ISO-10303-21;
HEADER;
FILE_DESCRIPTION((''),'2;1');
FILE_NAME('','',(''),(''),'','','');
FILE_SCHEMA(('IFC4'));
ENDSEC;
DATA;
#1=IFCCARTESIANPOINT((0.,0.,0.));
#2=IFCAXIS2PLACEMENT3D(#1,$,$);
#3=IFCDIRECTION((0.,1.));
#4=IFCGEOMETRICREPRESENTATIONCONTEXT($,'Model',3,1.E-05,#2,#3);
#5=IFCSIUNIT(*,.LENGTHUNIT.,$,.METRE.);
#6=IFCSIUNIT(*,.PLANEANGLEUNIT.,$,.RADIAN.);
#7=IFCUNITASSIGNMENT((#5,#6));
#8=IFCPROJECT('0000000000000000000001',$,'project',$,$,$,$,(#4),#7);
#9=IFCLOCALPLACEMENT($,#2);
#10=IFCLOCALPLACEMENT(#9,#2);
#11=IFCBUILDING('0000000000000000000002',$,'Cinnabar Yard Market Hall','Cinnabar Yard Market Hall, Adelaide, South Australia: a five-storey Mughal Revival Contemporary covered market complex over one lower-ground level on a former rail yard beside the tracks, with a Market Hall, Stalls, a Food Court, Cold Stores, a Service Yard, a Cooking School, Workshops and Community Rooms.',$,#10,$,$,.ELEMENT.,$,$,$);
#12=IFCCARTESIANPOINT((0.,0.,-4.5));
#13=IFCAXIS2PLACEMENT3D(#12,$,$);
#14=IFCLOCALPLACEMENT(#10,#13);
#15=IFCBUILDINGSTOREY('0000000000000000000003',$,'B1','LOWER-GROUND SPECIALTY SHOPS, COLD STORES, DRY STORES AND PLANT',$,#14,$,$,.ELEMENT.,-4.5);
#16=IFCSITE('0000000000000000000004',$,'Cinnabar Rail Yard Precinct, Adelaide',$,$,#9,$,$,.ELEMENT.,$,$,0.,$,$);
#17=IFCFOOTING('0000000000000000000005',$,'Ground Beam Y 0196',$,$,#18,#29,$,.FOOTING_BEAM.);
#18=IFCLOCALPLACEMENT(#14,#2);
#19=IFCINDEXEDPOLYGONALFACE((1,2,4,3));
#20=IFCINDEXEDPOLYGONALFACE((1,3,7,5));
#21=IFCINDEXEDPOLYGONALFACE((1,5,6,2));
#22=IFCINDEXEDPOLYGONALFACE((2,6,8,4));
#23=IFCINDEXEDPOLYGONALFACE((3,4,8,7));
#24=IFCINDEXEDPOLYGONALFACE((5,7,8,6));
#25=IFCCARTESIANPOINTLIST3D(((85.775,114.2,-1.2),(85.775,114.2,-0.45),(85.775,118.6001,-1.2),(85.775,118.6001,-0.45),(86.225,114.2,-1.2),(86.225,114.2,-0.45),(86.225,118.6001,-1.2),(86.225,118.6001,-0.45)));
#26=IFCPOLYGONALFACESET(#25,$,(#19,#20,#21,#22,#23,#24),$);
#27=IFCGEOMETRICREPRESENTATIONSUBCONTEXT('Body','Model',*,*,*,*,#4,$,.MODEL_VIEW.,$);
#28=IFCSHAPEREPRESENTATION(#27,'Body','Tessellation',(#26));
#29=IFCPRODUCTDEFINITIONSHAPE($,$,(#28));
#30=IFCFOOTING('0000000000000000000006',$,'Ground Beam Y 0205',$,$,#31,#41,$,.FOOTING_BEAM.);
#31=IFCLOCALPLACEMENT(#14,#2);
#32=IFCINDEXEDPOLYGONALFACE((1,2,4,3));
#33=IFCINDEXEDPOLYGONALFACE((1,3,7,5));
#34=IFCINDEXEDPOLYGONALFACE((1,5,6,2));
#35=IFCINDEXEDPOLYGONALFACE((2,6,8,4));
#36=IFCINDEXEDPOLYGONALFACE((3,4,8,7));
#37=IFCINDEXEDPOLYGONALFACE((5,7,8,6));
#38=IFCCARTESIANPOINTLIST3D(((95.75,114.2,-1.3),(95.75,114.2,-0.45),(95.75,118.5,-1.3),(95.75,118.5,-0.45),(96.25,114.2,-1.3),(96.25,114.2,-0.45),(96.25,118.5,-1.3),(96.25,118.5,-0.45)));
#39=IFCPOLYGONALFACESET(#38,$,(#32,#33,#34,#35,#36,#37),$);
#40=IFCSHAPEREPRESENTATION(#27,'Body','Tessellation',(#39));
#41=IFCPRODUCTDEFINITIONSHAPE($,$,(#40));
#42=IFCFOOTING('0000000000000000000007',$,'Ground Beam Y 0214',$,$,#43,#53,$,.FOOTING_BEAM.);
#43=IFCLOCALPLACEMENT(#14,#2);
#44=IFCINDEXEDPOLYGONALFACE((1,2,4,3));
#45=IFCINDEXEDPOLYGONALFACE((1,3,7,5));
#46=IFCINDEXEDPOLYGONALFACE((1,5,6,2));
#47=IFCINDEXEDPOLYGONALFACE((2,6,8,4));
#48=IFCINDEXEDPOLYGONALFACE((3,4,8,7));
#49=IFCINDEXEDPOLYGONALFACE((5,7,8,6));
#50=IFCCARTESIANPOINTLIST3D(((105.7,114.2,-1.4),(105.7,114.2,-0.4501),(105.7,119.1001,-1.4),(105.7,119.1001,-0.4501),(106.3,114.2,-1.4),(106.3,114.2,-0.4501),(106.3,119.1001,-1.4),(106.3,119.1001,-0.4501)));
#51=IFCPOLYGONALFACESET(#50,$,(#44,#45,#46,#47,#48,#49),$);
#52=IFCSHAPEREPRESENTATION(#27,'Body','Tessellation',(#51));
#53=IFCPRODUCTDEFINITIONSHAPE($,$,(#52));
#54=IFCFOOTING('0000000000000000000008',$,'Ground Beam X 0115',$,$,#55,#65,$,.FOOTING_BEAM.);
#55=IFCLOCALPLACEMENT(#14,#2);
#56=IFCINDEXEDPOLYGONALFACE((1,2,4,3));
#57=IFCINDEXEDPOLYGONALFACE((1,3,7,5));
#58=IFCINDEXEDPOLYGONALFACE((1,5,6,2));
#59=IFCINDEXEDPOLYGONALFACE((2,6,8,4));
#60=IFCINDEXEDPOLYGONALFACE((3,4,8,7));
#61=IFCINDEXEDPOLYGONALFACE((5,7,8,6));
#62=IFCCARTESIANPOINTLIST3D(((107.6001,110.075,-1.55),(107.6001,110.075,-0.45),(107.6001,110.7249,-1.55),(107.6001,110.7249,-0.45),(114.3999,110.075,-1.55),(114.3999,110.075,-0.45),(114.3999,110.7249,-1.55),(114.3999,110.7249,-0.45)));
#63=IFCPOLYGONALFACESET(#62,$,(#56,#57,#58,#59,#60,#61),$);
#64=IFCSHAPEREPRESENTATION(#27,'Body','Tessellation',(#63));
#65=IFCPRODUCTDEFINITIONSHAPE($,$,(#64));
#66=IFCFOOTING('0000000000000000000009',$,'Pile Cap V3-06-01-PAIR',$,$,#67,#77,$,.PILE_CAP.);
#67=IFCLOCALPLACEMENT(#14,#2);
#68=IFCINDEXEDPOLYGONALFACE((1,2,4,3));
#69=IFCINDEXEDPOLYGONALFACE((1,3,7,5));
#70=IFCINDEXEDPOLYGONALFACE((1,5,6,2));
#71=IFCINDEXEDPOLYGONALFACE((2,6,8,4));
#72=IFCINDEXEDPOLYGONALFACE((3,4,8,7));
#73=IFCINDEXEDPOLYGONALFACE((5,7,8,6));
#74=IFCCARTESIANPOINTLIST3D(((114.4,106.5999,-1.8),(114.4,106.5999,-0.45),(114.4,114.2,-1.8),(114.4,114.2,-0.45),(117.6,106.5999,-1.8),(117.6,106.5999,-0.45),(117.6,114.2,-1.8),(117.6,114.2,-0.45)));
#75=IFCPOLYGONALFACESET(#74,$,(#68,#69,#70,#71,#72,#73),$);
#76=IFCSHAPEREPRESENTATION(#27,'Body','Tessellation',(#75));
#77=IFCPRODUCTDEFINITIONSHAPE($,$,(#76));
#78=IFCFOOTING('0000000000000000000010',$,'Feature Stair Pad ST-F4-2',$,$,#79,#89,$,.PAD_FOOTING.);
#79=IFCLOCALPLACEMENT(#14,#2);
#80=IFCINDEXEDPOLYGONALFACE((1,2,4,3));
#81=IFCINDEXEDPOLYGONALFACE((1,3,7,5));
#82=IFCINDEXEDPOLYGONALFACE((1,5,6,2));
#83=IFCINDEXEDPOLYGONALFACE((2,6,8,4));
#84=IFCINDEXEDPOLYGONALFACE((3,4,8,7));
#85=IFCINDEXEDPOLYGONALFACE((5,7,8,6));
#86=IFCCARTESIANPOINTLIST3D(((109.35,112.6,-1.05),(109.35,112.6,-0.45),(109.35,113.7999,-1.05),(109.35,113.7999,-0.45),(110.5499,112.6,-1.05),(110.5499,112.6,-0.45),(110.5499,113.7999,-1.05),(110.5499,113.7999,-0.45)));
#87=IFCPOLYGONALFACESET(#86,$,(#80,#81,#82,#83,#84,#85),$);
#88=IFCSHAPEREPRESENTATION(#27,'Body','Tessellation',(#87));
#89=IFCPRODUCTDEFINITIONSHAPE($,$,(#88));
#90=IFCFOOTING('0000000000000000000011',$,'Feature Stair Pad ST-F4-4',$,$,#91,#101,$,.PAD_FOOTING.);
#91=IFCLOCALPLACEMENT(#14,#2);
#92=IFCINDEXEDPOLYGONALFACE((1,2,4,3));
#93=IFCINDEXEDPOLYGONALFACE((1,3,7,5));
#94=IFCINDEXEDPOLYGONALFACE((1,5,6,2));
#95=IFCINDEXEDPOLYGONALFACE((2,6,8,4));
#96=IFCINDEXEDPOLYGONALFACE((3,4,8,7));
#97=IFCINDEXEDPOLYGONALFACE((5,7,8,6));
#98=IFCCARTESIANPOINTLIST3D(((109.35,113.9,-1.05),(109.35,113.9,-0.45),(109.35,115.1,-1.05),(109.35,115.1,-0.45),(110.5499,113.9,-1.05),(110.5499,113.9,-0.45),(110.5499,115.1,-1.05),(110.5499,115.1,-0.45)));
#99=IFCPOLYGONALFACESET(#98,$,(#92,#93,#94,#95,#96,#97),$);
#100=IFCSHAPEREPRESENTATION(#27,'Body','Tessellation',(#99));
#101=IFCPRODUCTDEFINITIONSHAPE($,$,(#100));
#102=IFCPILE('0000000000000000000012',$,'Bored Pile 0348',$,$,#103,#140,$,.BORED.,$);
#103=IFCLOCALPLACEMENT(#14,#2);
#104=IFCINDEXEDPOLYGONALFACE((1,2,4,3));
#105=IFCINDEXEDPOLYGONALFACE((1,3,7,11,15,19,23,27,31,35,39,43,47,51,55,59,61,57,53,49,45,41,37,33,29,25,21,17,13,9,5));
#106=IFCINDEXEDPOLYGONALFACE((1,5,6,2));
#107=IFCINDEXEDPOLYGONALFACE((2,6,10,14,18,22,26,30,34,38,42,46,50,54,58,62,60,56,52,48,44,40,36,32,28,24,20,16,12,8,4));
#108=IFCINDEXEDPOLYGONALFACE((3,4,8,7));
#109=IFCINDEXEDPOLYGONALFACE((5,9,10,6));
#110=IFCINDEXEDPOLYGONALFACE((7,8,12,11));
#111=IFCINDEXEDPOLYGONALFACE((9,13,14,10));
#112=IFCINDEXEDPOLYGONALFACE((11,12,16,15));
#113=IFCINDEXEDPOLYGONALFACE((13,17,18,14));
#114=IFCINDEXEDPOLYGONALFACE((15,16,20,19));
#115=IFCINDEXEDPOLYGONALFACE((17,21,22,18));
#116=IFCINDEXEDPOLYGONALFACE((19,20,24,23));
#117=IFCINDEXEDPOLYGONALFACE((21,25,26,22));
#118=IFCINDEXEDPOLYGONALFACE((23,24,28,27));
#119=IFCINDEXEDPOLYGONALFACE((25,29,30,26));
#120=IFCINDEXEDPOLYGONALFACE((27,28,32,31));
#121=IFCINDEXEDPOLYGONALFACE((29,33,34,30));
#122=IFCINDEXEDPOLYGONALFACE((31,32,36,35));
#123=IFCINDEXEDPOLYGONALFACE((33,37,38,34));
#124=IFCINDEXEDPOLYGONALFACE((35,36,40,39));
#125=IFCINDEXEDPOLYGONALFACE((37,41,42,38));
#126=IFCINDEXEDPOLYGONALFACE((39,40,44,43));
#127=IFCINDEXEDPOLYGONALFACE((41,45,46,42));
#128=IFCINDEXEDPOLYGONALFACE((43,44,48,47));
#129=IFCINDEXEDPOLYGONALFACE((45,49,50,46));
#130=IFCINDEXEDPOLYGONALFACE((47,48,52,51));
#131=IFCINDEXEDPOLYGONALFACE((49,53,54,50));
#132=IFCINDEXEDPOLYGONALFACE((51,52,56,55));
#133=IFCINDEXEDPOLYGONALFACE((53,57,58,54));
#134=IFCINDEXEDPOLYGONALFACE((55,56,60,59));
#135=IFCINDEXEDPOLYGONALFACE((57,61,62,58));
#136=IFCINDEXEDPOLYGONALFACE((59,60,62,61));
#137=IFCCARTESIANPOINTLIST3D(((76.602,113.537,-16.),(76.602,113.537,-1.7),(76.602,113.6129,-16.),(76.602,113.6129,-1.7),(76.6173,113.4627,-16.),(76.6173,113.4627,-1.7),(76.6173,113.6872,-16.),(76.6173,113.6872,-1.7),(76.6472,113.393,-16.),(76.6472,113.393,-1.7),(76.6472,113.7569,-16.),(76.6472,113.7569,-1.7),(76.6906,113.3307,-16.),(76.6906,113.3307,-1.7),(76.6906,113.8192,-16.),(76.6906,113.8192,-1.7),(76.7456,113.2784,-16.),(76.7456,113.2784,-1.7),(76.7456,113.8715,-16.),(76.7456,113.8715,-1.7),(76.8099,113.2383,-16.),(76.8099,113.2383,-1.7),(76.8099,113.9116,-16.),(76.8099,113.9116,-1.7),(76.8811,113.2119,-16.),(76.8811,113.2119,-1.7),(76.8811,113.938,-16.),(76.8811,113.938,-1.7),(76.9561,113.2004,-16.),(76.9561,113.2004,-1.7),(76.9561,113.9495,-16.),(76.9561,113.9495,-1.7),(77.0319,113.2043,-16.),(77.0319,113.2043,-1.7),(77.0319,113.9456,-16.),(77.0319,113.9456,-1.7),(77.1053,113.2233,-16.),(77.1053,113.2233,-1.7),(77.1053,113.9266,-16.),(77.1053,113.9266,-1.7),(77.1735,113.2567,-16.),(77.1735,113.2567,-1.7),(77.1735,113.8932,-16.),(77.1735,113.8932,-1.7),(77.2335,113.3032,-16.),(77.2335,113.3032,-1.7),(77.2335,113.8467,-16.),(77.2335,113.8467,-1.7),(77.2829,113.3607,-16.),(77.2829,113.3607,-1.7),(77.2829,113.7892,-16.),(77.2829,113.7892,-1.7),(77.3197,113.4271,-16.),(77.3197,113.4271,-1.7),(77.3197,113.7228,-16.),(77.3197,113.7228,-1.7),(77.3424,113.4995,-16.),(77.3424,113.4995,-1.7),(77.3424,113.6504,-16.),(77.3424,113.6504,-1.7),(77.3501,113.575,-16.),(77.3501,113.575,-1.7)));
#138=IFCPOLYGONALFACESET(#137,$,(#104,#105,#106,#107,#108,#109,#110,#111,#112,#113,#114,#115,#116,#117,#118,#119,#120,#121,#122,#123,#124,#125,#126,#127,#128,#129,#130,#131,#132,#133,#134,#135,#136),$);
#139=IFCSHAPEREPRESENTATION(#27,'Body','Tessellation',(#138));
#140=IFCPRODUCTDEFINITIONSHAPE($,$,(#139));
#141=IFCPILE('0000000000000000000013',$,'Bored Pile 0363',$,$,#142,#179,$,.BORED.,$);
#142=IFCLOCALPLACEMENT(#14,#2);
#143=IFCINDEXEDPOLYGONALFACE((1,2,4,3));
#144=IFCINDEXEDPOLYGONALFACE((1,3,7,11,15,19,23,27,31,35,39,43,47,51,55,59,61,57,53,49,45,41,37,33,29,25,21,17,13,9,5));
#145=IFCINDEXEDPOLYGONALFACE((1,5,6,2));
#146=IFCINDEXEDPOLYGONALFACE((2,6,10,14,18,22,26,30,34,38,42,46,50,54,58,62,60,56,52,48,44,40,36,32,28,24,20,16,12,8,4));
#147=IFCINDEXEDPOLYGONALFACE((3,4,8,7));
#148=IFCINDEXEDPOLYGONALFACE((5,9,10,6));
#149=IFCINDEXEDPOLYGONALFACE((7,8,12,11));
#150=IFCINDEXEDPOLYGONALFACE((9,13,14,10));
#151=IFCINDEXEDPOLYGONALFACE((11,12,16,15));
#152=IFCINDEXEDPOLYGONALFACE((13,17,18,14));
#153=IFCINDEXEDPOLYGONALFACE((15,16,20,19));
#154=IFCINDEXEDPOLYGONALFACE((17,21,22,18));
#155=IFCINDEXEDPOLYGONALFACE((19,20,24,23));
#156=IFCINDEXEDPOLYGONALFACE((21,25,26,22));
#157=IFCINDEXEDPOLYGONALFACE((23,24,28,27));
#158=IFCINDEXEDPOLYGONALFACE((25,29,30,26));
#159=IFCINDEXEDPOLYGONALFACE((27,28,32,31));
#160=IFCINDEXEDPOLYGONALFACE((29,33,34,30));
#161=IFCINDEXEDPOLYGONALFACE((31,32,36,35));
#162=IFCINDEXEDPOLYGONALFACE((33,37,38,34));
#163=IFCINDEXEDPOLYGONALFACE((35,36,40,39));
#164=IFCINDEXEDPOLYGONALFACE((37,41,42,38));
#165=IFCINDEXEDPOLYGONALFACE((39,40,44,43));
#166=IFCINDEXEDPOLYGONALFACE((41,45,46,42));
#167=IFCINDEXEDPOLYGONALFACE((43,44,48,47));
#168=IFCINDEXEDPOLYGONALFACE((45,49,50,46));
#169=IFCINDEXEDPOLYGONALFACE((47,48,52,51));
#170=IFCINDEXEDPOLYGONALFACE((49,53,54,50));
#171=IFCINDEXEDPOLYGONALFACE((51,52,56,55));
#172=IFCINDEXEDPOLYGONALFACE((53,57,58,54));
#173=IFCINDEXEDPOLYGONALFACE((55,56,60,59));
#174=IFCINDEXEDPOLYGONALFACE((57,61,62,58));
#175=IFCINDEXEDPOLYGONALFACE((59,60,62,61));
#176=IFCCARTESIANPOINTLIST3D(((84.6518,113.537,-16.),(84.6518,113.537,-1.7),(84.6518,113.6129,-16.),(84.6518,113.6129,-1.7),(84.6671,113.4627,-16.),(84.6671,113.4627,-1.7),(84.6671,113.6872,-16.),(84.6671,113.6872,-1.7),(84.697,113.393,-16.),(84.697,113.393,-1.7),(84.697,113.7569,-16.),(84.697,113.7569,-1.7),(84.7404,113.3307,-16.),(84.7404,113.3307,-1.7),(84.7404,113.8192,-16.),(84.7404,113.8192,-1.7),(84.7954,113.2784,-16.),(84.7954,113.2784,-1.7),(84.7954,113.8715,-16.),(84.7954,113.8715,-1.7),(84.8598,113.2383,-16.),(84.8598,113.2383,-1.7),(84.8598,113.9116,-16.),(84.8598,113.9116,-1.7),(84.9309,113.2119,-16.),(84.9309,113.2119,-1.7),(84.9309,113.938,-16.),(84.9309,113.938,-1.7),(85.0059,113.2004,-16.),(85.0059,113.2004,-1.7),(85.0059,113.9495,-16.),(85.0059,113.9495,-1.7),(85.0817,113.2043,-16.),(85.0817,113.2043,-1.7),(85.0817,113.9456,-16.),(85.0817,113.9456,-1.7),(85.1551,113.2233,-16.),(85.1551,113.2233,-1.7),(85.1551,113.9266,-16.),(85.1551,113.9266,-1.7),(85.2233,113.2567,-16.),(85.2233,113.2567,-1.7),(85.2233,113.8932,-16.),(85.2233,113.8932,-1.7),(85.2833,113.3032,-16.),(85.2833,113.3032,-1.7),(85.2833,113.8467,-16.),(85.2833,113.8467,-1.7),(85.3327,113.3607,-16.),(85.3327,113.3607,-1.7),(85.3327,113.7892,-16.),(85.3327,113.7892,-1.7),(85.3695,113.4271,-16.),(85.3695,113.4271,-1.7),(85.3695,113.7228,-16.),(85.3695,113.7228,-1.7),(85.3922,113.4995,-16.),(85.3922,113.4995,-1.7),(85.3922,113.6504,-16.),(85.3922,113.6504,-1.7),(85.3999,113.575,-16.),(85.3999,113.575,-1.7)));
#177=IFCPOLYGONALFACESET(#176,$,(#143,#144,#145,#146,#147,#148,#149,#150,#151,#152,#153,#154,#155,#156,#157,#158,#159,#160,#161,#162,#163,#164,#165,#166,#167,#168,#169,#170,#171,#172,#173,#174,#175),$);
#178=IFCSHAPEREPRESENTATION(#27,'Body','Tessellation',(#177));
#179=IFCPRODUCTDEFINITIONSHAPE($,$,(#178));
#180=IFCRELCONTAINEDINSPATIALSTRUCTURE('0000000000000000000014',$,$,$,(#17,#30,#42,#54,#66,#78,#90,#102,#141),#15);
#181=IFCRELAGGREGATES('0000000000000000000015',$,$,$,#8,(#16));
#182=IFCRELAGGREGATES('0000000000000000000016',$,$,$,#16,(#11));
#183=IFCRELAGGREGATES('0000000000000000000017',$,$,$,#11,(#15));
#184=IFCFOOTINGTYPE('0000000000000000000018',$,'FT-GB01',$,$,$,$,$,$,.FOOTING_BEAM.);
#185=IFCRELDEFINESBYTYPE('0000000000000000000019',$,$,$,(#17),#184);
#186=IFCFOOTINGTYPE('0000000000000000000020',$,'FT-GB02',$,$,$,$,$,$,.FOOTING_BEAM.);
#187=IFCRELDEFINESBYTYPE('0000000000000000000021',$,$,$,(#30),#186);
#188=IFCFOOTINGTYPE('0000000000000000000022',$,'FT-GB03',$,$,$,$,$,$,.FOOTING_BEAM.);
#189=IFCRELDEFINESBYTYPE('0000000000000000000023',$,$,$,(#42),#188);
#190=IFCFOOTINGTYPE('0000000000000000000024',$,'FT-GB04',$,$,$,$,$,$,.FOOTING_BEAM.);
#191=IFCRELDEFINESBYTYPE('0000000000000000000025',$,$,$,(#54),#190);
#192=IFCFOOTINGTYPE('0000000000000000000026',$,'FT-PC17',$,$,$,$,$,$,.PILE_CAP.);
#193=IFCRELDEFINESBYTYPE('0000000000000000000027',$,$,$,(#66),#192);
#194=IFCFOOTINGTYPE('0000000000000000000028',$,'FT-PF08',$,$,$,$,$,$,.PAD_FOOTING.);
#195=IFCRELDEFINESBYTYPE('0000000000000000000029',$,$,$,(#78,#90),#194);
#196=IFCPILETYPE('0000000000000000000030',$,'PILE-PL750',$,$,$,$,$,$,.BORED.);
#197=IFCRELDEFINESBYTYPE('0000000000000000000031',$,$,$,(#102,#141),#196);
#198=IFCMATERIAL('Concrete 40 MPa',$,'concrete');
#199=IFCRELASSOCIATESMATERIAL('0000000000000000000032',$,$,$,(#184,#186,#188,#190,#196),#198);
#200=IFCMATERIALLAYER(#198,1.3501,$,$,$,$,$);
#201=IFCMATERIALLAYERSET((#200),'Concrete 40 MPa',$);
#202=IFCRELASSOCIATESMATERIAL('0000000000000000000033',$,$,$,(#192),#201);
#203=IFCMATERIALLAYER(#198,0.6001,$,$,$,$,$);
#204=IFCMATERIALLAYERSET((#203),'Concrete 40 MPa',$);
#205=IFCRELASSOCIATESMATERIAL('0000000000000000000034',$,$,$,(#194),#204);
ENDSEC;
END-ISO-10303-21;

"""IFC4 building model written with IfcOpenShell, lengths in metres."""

from ifc_helpers import new_model, si_unit, direction, frame, origin, origin_2d_with_axis, place, context, subcontext, project, spatial, rectangle, circle, extrude, material, layer, layer_set, material_profile, profile_set, type_object, element, save


model = new_model("IFC4")

# Units and contexts
model_context = context("Model", 3, precision=1e-05, world=origin(), true_north=direction((0.0, 1.0)))
body_context = subcontext(model_context, "Body", "Model", "MODEL_VIEW")
ifc_project = project(units=[si_unit("LENGTHUNIT", "METRE"), si_unit("PLANEANGLEUNIT", "RADIAN")], contexts=[model_context])

# Site, building, storey
site_placement = place(None, origin())
site = spatial("IfcSite", under=ifc_project, at=site_placement, Name="Cinnabar Rail Yard Precinct, Adelaide", CompositionType="ELEMENT", RefElevation=0.0)
building_placement = place(site_placement, origin())
building = spatial("IfcBuilding", under=site, at=building_placement, Name="Cinnabar Yard Market Hall", Description="Cinnabar Yard Market Hall, Adelaide, South Australia: a five-storey Mughal Revival Contemporary covered market complex over one lower-ground level on a former rail yard beside the tracks, with a Market Hall, Stalls, a Food Court, Cold Stores, a Service Yard, a Cooking School, Workshops and Community Rooms.", CompositionType="ELEMENT")
storey_placement = place(building_placement, frame((0.0, 0.0, -4.5)))
storey = spatial("IfcBuildingStorey", under=building, at=storey_placement, Name="B1", Description="LOWER-GROUND SPECIALTY SHOPS, COLD STORES, DRY STORES AND PLANT", CompositionType="ELEMENT", Elevation=-4.5)

# Footings
ifc_material_1 = material(Name="Concrete 40 MPa", Category="concrete")
ifc_material_profile_1 = material_profile(ifc_material_1, rectangle(XDim=0.45, YDim=0.75, at=origin_2d_with_axis()), Name="GB-450x750")
ifc_profile_set_1 = profile_set([ifc_material_profile_1], Name="Concrete 40 MPa")
footing_type_1 = type_object("IfcFootingType", Name="FT-GB01", PredefinedType="FOOTING_BEAM", material=ifc_profile_set_1)
footing_1_placement = place(storey_placement, frame((86.0, 114.2, -0.825), z_axis=(0.0, 1.0, 0.0), x_axis=(-1.0, 0.0, 0.0)))
element("IfcFooting", 1, at=footing_1_placement, inside=storey, type_object=footing_type_1, Name="Ground Beam Y 0196", PredefinedType="FOOTING_BEAM", context=body_context, shape_type="SweptSolid", body=[
    extrude(rectangle(XDim=0.45, YDim=0.75, at=origin_2d_with_axis()), origin(), (0.0, 0.0, 1.0), 4.4001),
])
ifc_material_profile_2 = material_profile(ifc_material_1, rectangle(XDim=0.5, YDim=0.8501, at=origin_2d_with_axis()), Name="GB-500x850")
ifc_profile_set_2 = profile_set([ifc_material_profile_2], Name="Concrete 40 MPa")
footing_type_2 = type_object("IfcFootingType", Name="FT-GB02", PredefinedType="FOOTING_BEAM", material=ifc_profile_set_2)
footing_2_placement = place(storey_placement, frame((96.0, 114.2, -0.875), z_axis=(0.0, 1.0, 0.0), x_axis=(-1.0, 0.0, 0.0)))
element("IfcFooting", 2, at=footing_2_placement, inside=storey, type_object=footing_type_2, Name="Ground Beam Y 0205", PredefinedType="FOOTING_BEAM", context=body_context, shape_type="SweptSolid", body=[
    extrude(rectangle(XDim=0.5, YDim=0.8501, at=origin_2d_with_axis()), origin(), (0.0, 0.0, 1.0), 4.3),
])
ifc_material_profile_3 = material_profile(ifc_material_1, rectangle(XDim=0.6001, YDim=0.95, at=origin_2d_with_axis()), Name="GB-600x950")
ifc_profile_set_3 = profile_set([ifc_material_profile_3], Name="Concrete 40 MPa")
footing_type_3 = type_object("IfcFootingType", Name="FT-GB03", PredefinedType="FOOTING_BEAM", material=ifc_profile_set_3)
footing_3_placement = place(storey_placement, frame((106.0, 114.2, -0.925), z_axis=(0.0, 1.0, 0.0), x_axis=(-1.0, 0.0, 0.0)))
element("IfcFooting", 3, at=footing_3_placement, inside=storey, type_object=footing_type_3, Name="Ground Beam Y 0214", PredefinedType="FOOTING_BEAM", context=body_context, shape_type="SweptSolid", body=[
    extrude(rectangle(XDim=0.6001, YDim=0.95, at=origin_2d_with_axis()), origin(), (0.0, 0.0, 1.0), 4.9001),
])
ifc_material_profile_4 = material_profile(ifc_material_1, rectangle(XDim=0.6499, YDim=1.1001, at=origin_2d_with_axis()), Name="GB-650x1100")
ifc_profile_set_4 = profile_set([ifc_material_profile_4], Name="Concrete 40 MPa")
footing_type_4 = type_object("IfcFootingType", Name="FT-GB04", PredefinedType="FOOTING_BEAM", material=ifc_profile_set_4)
footing_4_placement = place(storey_placement, frame((107.6001, 110.3999, -1.0), z_axis=(1.0, 0.0, 0.0), x_axis=(0.0, 1.0, 0.0)))
element("IfcFooting", 4, at=footing_4_placement, inside=storey, type_object=footing_type_4, Name="Ground Beam X 0115", PredefinedType="FOOTING_BEAM", context=body_context, shape_type="SweptSolid", body=[
    extrude(rectangle(XDim=0.6499, YDim=1.1001, at=origin_2d_with_axis()), origin(), (0.0, 0.0, 1.0), 6.7998),
])
ifc_layer_1 = layer(ifc_material_1, 1.3501)
ifc_layer_set_1 = layer_set([ifc_layer_1], Name="Concrete 40 MPa")
footing_type_5 = type_object("IfcFootingType", Name="FT-PC17", PredefinedType="PILE_CAP", material=ifc_layer_set_1)
footing_5_placement = place(storey_placement, frame((116.0, 110.3999, -1.8), z_axis=(0.0, 0.0, 1.0), x_axis=(1.0, 0.0, 0.0)))
element("IfcFooting", 5, at=footing_5_placement, inside=storey, type_object=footing_type_5, Name="Pile Cap V3-06-01-PAIR", PredefinedType="PILE_CAP", context=body_context, shape_type="SweptSolid", body=[
    extrude(rectangle(XDim=3.2, YDim=7.6001, at=origin_2d_with_axis()), origin(), (0.0, 0.0, 1.0), 1.3501),
])
ifc_layer_2 = layer(ifc_material_1, 0.6001)
ifc_layer_set_2 = layer_set([ifc_layer_2], Name="Concrete 40 MPa")
footing_type_6 = type_object("IfcFootingType", Name="FT-PF08", PredefinedType="PAD_FOOTING", material=ifc_layer_set_2)
for number, where, z_axis, x_axis, name in (
    (6, (109.95, 113.2, -1.05), (0.0, 0.0, 1.0), (1.0, 0.0, 0.0), "Feature Stair Pad ST-F4-2"),
    (7, (109.95, 114.5, -1.05), (0.0, 0.0, 1.0), (1.0, 0.0, 0.0), "Feature Stair Pad ST-F4-4"),
):
    element("IfcFooting", number, at=place(storey_placement, frame(where, z_axis=z_axis, x_axis=x_axis)), inside=storey, type_object=footing_type_6, Name=name, PredefinedType="PAD_FOOTING", context=body_context, shape_type="SweptSolid", body=[
        extrude(rectangle(XDim=1.2, YDim=1.2, at=origin_2d_with_axis()), origin(), (0.0, 0.0, 1.0), 0.6001),
    ])

# Piles
ifc_material_profile_5 = material_profile(ifc_material_1, circle(Radius=0.375, at=origin_2d_with_axis()), Name="PILE-D750")
ifc_profile_set_5 = profile_set([ifc_material_profile_5], Name="Concrete 40 MPa")
pile_type_1 = type_object("IfcPileType", Name="PILE-PL750", PredefinedType="BORED", material=ifc_profile_set_5)
for number, where, z_axis, x_axis, name in (
    (8, (76.9751, 113.575, -1.7), (0.0, 0.0, -1.0), (1.0, 0.0, 0.0), "Bored Pile 0348"),
    (9, (85.0249, 113.575, -1.7), (0.0, 0.0, -1.0), (1.0, 0.0, 0.0), "Bored Pile 0363"),
):
    element("IfcPile", number, at=place(storey_placement, frame(where, z_axis=z_axis, x_axis=x_axis)), inside=storey, type_object=pile_type_1, Name=name, PredefinedType="BORED", context=body_context, shape_type="SweptSolid", body=[
        extrude(circle(Radius=0.375, at=origin_2d_with_axis()), origin(), (0.0, 0.0, 1.0), 14.3),
    ])

save(model, "model.ifc")
